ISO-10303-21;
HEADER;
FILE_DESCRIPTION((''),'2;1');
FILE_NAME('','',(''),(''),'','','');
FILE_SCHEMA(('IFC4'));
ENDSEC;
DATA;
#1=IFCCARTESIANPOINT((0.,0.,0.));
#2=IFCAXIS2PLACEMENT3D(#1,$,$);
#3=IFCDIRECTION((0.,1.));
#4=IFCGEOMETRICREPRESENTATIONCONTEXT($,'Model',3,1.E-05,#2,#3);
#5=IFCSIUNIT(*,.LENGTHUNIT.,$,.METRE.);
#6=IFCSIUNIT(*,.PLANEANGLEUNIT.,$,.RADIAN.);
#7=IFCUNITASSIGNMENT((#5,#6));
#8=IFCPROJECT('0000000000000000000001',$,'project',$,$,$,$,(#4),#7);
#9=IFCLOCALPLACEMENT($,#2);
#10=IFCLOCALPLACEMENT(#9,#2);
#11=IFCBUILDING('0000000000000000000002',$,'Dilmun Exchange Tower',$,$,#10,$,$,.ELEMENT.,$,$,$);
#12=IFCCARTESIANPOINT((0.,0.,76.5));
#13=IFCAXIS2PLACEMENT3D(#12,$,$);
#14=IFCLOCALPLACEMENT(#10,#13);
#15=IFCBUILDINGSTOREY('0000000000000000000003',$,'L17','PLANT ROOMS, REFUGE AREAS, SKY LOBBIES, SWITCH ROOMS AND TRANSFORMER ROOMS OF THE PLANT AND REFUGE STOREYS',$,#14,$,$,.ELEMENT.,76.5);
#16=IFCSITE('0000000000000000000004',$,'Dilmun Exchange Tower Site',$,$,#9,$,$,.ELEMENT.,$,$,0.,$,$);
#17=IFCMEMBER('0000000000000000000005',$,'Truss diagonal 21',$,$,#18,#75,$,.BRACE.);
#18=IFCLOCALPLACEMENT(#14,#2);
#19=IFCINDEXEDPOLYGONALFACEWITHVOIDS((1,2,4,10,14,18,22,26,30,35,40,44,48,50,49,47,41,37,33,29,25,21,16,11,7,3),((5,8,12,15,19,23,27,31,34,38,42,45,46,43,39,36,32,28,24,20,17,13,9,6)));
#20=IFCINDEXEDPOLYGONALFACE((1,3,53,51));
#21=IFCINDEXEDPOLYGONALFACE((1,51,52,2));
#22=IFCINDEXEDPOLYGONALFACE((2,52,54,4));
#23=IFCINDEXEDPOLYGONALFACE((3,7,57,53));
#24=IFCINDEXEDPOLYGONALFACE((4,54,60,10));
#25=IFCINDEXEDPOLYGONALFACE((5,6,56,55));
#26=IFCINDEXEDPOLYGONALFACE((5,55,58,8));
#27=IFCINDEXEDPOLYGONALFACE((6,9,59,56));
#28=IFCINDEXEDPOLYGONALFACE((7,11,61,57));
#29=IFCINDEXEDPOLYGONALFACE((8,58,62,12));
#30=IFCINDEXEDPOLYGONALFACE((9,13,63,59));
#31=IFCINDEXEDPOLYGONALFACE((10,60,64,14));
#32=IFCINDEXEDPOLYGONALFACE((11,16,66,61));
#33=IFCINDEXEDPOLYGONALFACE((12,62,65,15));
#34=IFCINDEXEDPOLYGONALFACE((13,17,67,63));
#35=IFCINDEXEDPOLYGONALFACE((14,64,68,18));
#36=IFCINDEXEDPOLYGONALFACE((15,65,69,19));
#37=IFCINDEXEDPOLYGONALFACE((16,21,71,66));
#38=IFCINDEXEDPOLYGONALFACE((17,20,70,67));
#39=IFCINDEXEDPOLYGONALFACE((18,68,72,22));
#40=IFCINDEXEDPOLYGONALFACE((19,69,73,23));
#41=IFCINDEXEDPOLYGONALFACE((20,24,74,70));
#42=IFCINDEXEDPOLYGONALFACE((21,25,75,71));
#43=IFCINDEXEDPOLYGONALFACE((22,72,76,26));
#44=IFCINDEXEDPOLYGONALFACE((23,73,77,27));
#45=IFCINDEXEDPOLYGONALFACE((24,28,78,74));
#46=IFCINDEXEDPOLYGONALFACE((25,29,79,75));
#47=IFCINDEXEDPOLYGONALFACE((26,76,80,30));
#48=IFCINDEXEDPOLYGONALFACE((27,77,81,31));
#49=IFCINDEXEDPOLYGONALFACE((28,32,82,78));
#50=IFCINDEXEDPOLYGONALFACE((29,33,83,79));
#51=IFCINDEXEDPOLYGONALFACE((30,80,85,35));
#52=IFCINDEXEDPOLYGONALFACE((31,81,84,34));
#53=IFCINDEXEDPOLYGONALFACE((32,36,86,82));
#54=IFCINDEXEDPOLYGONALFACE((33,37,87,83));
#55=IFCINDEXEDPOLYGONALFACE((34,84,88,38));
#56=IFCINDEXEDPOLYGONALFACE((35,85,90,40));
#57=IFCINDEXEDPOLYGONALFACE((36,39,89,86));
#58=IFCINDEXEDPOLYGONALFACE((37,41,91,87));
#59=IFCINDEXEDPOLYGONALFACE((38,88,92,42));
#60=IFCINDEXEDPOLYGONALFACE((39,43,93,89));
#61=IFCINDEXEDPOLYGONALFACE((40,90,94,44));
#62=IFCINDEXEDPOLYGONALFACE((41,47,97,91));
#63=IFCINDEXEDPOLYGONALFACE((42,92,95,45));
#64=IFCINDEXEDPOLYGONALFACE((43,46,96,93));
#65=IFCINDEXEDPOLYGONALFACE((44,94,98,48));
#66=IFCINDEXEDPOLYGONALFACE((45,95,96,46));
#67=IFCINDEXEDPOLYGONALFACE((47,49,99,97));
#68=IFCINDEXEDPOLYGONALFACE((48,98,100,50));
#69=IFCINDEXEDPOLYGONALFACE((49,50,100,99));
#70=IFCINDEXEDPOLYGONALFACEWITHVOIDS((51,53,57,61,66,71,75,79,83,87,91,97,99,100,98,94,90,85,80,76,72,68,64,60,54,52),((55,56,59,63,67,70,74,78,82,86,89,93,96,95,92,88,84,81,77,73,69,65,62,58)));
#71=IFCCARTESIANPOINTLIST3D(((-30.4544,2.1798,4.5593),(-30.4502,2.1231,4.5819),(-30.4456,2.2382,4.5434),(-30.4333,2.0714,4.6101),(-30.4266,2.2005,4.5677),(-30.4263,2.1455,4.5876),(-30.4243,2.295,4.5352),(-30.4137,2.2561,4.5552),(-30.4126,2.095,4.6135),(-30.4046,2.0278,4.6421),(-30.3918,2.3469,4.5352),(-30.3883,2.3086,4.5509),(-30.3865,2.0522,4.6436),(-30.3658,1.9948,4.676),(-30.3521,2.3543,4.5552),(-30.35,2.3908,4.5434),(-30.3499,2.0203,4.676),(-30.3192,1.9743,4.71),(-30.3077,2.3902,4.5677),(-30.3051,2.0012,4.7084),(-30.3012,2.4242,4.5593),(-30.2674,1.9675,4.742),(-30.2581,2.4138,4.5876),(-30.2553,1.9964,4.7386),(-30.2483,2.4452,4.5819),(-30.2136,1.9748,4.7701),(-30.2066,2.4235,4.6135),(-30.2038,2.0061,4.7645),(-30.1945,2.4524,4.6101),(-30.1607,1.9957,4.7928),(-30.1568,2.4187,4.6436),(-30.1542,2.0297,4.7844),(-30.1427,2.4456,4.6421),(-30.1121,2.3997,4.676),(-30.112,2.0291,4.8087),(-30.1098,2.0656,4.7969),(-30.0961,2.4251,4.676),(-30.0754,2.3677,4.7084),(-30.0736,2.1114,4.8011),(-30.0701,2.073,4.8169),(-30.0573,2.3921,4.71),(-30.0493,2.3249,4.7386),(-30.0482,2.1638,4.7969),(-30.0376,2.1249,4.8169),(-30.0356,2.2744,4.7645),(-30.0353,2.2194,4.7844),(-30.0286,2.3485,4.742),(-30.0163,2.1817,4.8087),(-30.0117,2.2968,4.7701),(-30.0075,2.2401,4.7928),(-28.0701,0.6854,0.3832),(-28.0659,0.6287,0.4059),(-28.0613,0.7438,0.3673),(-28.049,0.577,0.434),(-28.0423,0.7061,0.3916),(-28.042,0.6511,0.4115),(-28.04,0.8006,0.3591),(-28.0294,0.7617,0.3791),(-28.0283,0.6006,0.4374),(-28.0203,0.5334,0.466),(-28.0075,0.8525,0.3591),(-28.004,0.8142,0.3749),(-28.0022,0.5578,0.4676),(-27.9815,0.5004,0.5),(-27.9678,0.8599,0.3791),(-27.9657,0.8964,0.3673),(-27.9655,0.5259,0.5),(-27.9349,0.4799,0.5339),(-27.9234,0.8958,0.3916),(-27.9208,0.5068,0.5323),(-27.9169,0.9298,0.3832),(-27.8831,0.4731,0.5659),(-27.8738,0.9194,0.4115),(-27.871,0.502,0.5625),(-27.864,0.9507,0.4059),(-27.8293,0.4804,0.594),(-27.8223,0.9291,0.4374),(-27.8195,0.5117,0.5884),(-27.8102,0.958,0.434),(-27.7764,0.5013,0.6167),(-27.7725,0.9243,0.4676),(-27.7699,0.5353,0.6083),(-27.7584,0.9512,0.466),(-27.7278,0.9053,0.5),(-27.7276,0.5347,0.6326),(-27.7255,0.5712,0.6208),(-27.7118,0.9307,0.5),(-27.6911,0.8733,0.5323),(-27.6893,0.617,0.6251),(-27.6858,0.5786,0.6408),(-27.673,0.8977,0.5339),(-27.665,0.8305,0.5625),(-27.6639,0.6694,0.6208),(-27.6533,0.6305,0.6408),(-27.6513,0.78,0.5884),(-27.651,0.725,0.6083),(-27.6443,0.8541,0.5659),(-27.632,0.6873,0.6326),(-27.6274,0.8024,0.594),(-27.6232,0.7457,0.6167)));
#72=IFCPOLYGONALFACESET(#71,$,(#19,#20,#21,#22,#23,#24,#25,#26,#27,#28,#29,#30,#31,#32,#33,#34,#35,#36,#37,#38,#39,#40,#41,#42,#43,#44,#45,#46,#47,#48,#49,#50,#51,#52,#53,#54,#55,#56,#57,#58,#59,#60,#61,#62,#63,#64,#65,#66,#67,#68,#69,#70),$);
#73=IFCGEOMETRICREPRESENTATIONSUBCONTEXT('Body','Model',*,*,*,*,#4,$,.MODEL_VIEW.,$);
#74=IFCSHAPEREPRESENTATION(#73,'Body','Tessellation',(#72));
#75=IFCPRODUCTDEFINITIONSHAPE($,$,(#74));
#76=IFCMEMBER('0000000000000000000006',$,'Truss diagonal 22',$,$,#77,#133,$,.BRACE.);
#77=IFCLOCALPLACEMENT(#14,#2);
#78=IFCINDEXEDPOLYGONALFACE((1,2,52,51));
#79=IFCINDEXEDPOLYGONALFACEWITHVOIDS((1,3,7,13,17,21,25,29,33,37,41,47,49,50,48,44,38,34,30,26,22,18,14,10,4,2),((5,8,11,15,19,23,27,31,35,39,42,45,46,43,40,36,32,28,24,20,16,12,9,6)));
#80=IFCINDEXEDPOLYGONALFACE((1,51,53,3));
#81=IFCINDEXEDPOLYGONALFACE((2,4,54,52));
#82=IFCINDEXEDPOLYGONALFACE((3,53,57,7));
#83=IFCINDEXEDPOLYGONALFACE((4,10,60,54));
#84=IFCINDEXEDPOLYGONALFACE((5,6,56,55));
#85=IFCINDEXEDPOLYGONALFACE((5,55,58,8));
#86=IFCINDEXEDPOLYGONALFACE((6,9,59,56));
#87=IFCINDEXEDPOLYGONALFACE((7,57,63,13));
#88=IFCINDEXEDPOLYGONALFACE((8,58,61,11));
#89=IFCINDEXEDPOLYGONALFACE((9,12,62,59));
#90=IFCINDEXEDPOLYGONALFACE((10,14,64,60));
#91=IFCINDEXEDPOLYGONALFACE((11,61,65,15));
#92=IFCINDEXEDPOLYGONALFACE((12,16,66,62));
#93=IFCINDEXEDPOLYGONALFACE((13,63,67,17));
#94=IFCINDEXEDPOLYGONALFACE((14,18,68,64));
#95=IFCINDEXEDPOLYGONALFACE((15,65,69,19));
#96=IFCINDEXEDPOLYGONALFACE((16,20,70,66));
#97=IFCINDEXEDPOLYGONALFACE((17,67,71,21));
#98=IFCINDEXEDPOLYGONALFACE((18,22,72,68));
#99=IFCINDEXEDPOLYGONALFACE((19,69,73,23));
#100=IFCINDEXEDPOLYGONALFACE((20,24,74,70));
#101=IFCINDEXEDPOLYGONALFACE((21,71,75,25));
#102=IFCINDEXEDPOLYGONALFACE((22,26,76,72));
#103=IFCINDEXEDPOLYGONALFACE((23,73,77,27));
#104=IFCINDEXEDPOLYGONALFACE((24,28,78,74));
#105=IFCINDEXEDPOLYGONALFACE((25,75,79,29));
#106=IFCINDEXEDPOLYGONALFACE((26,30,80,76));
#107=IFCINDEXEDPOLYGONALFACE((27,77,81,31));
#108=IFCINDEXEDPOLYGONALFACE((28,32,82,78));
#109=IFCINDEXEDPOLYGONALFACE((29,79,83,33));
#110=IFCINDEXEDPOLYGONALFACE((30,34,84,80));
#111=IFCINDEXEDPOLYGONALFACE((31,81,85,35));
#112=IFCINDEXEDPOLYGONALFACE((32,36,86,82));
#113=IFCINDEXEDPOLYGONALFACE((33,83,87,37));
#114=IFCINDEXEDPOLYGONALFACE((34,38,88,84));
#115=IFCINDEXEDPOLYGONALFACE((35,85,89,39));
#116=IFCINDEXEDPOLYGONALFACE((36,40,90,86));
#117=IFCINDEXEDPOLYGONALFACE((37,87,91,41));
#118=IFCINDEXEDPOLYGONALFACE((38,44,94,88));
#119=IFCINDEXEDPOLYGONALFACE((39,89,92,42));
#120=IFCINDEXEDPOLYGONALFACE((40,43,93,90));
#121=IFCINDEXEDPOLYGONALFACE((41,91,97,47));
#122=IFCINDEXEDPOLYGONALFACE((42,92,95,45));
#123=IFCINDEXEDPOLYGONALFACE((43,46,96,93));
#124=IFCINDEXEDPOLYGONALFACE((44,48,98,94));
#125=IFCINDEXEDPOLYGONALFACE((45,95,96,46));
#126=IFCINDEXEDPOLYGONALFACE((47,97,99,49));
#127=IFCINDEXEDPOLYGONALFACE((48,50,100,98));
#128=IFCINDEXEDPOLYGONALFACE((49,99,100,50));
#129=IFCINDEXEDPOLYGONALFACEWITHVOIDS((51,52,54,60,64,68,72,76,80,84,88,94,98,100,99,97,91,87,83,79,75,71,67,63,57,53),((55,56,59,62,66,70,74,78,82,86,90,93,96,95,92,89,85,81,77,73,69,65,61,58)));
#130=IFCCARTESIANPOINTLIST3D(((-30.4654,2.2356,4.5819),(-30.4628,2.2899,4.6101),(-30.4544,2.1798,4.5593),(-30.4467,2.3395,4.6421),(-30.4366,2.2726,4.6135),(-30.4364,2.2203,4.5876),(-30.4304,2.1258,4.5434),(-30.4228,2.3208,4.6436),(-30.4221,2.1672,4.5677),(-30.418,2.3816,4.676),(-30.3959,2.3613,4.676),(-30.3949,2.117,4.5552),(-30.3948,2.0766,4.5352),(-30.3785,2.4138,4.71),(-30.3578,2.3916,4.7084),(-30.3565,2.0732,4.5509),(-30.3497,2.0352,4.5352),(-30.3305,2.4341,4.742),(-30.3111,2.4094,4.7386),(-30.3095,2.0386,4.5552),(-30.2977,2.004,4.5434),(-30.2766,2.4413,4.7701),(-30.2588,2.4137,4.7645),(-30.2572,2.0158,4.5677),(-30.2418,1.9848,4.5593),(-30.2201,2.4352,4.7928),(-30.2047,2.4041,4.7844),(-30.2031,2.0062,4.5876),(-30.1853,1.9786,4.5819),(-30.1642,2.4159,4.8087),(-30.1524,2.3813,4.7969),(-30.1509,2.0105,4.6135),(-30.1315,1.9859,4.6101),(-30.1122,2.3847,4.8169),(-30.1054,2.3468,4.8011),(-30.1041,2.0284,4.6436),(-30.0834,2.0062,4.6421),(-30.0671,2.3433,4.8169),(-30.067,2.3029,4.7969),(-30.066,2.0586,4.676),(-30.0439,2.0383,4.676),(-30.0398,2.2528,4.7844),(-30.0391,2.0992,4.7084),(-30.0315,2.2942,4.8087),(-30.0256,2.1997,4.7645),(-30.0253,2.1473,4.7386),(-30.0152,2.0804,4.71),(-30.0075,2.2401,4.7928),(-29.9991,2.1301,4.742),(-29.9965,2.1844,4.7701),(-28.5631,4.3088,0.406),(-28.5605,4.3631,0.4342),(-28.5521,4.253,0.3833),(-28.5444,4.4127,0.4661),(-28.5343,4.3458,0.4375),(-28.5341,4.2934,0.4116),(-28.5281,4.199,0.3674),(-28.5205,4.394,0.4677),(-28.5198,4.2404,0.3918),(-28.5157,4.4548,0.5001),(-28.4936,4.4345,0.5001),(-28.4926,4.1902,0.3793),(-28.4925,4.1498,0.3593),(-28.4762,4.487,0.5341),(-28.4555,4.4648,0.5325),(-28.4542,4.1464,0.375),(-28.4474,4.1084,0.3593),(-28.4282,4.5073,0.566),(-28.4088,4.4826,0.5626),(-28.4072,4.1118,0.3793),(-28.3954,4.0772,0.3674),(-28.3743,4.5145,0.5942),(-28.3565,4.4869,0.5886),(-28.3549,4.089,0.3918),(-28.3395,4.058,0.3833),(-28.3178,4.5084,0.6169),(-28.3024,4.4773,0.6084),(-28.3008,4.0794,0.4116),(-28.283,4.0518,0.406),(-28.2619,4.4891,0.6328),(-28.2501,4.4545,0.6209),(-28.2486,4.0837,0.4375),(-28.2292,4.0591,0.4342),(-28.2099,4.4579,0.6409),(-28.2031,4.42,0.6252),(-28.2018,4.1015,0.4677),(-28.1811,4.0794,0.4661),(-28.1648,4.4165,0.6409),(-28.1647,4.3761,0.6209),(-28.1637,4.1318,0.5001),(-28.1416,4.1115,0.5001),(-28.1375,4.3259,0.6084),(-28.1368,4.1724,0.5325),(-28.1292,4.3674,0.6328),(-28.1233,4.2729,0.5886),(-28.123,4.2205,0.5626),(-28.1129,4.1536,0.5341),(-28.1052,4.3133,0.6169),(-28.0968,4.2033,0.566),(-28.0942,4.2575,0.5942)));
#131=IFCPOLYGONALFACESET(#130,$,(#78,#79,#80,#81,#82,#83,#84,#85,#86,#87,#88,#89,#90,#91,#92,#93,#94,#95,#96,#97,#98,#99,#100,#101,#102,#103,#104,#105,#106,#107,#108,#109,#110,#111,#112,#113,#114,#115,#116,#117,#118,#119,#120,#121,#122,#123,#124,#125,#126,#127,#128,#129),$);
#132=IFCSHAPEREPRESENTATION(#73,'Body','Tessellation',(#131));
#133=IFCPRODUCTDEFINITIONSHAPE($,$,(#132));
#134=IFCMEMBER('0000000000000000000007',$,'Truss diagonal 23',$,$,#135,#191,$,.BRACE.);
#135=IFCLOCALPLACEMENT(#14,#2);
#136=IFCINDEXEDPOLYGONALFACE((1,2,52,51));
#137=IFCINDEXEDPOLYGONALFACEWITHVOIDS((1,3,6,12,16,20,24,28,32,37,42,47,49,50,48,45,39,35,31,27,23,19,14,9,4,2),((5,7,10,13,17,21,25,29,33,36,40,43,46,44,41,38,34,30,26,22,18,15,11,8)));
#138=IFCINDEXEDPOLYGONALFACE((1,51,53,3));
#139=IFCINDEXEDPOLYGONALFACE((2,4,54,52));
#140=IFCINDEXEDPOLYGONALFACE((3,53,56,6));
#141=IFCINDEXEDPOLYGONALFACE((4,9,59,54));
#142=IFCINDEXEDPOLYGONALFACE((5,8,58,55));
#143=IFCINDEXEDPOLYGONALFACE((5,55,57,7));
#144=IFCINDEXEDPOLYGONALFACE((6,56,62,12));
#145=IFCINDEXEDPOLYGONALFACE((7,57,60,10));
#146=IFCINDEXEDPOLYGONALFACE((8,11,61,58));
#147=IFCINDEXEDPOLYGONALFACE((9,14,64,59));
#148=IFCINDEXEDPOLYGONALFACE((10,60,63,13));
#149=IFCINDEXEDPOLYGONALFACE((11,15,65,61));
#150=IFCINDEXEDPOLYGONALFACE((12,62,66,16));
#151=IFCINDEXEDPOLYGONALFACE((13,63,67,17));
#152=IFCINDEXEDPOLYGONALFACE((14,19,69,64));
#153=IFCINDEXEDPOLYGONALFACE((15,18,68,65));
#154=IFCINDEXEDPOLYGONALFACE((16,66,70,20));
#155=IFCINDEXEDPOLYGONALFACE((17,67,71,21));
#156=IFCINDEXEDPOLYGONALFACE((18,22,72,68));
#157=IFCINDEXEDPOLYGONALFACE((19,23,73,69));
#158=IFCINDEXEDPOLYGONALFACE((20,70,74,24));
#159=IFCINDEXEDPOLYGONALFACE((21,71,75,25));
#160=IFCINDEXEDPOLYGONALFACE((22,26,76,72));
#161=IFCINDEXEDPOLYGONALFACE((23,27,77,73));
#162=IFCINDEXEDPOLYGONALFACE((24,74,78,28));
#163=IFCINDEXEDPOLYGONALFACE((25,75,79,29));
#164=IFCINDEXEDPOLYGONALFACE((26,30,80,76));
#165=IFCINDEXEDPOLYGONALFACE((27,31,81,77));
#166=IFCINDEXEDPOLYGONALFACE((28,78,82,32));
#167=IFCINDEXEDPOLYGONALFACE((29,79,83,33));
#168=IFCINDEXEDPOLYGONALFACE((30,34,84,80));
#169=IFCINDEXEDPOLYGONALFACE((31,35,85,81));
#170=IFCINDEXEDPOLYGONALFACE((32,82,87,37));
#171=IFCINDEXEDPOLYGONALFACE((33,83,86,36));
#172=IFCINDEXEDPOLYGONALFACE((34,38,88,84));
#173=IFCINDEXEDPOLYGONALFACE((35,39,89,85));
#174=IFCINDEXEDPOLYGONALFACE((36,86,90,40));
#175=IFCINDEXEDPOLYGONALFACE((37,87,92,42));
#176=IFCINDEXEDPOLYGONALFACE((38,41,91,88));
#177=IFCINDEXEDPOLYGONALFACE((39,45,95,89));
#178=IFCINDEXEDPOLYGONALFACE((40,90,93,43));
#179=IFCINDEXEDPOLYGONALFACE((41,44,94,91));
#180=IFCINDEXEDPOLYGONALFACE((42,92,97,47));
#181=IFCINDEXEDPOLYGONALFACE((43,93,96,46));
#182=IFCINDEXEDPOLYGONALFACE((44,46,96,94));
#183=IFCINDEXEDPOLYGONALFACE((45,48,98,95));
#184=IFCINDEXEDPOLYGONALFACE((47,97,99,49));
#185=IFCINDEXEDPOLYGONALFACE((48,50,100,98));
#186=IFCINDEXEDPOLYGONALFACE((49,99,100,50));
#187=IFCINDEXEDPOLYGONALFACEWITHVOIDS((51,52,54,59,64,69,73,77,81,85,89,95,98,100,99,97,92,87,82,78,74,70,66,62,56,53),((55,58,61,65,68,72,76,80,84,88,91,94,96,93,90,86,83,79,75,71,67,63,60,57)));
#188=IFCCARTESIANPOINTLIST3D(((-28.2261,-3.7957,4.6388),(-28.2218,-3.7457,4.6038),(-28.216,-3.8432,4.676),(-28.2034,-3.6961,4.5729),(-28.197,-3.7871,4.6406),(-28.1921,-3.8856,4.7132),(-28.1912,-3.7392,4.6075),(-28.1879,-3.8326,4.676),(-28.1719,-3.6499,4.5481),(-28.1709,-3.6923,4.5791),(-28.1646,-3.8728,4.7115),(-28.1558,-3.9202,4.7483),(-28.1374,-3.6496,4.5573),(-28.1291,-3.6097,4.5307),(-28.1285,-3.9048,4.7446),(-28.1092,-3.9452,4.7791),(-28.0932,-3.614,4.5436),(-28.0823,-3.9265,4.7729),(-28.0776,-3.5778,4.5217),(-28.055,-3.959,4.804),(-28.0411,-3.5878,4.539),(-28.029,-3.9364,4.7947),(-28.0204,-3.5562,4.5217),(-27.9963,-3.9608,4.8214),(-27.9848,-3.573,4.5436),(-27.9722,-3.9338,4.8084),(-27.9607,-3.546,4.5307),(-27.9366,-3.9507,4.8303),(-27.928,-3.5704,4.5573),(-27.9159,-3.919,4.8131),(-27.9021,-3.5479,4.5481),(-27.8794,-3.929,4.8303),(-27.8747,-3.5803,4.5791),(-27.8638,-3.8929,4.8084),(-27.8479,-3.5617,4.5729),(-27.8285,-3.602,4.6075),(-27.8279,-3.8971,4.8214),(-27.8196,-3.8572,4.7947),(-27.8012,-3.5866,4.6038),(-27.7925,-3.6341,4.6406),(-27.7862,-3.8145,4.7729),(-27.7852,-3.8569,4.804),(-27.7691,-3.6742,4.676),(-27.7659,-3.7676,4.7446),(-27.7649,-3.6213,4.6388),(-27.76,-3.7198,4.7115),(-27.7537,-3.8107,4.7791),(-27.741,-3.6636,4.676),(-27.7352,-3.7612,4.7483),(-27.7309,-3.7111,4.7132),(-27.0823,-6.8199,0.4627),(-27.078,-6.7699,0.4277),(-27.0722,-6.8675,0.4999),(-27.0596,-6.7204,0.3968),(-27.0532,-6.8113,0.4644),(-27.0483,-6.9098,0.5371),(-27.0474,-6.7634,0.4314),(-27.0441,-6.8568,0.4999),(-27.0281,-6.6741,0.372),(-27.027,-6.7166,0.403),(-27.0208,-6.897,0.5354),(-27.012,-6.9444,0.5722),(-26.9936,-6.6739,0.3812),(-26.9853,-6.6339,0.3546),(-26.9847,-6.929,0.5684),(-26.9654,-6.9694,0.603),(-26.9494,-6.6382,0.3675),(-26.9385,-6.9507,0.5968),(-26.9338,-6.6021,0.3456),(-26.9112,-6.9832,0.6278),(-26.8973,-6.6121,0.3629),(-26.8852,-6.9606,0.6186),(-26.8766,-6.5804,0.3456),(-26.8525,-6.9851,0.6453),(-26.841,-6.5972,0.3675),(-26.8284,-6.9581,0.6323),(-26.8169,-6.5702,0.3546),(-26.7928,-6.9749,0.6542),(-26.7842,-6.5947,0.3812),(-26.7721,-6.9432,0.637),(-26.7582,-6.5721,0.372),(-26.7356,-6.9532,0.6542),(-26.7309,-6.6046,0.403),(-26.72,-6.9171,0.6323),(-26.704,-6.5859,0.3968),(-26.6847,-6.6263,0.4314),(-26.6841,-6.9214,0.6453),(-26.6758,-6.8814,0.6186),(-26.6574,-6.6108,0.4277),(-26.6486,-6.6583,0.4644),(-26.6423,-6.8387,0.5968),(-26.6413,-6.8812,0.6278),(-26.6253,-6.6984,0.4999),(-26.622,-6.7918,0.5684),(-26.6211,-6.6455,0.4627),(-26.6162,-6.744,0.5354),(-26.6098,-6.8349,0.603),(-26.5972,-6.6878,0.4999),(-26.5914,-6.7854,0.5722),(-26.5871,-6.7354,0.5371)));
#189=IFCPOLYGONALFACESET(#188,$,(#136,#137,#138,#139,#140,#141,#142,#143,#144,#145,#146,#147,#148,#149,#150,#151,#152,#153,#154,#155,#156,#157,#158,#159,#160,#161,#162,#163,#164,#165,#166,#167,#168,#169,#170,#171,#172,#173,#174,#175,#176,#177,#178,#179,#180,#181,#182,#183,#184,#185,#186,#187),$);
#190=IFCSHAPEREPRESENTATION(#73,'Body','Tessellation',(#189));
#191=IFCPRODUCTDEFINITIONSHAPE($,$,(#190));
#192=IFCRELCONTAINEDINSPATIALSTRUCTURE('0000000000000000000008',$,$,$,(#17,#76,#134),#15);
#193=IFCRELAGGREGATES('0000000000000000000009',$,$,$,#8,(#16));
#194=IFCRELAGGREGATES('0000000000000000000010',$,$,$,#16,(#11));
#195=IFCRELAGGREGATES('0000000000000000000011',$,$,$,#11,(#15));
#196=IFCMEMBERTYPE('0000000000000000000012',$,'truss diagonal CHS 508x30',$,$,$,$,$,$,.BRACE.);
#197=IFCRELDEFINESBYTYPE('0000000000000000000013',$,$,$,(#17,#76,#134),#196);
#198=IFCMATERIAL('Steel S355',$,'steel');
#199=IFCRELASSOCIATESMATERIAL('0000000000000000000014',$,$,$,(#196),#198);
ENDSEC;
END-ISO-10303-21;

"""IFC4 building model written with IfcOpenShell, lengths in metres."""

from ifc_helpers import new_model, si_unit, direction, frame, origin, origin_2d, place, context, subcontext, project, spatial, hollow_circle, extrude, material, material_profile, profile_set, type_object, element, save


model = new_model("IFC4")

# Units and contexts
model_context = context("Model", 3, precision=1e-05, world=origin(), true_north=direction((0.0, 1.0)))
body_context = subcontext(model_context, "Body", "Model", "MODEL_VIEW")
ifc_project = project(units=[si_unit("LENGTHUNIT", "METRE"), si_unit("PLANEANGLEUNIT", "RADIAN")], contexts=[model_context])

# Site, building, storey
site_placement = place(None, origin())
site = spatial("IfcSite", under=ifc_project, at=site_placement, Name="Dilmun Exchange Tower Site", CompositionType="ELEMENT", RefElevation=0.0)
building_placement = place(site_placement, origin())
building = spatial("IfcBuilding", under=site, at=building_placement, Name="Dilmun Exchange Tower", CompositionType="ELEMENT")
storey_placement = place(building_placement, frame((0.0, 0.0, 76.5)))
storey = spatial("IfcBuildingStorey", under=building, at=storey_placement, Name="L17", Description="PLANT ROOMS, REFUGE AREAS, SKY LOBBIES, SWITCH ROOMS AND TRANSFORMER ROOMS OF THE PLANT AND REFUGE STOREYS", CompositionType="ELEMENT", Elevation=76.5)

# Shared definitions
ifc_material_1 = material(Name="Steel S355", Category="steel")

# Members
ifc_material_profile_1 = material_profile(ifc_material_1, hollow_circle(Radius=0.2539, WallThickness=0.03, at=origin_2d()), Name="CHS 508x30")
ifc_profile_set_1 = profile_set([ifc_material_profile_1], Name="Steel S355")
member_type = type_object("IfcMemberType", Name="truss diagonal CHS 508x30", PredefinedType="BRACE", material=ifc_profile_set_1)
member_1_placement = place(storey_placement, frame((-30.231, 2.21, 4.676), z_axis=(0.473485, -0.296765, -0.829302), x_axis=(0.531075, 0.847325, 0.0)))
element("IfcMember", 1, at=member_1_placement, inside=storey, type_object=member_type, Name="Truss diagonal 21", PredefinedType="BRACE", context=body_context, shape_type="SweptSolid", body=[
    extrude(hollow_circle(Radius=0.2539, WallThickness=0.03, at=origin_2d()), origin(), (0.0, 0.0, 1.0), 5.0356),
])
member_2_placement = place(storey_placement, frame((-30.231, 2.21, 4.676), z_axis=(0.377785, 0.411724, -0.829314), x_axis=(-0.736823, 0.676086, 0.0)))
element("IfcMember", 2, at=member_2_placement, inside=storey, type_object=member_type, Name="Truss diagonal 22", PredefinedType="BRACE", context=body_context, shape_type="SweptSolid", body=[
    extrude(hollow_circle(Radius=0.2539, WallThickness=0.03, at=origin_2d()), origin(), (0.0, 0.0, 1.0), 5.0354),
])
member_3_placement = place(storey_placement, frame((-27.9785, -3.7534, 4.676), z_axis=(0.216572, -0.572609, -0.790706), x_axis=(0.935336, 0.353762, 0.0)))
element("IfcMember", 3, at=member_3_placement, inside=storey, type_object=member_type, Name="Truss diagonal 23", PredefinedType="BRACE", context=body_context, shape_type="SweptSolid", body=[
    extrude(hollow_circle(Radius=0.2539, WallThickness=0.03, at=origin_2d()), origin(), (0.0, 0.0, 1.0), 5.2815),
])

save(model, "model.ifc")
